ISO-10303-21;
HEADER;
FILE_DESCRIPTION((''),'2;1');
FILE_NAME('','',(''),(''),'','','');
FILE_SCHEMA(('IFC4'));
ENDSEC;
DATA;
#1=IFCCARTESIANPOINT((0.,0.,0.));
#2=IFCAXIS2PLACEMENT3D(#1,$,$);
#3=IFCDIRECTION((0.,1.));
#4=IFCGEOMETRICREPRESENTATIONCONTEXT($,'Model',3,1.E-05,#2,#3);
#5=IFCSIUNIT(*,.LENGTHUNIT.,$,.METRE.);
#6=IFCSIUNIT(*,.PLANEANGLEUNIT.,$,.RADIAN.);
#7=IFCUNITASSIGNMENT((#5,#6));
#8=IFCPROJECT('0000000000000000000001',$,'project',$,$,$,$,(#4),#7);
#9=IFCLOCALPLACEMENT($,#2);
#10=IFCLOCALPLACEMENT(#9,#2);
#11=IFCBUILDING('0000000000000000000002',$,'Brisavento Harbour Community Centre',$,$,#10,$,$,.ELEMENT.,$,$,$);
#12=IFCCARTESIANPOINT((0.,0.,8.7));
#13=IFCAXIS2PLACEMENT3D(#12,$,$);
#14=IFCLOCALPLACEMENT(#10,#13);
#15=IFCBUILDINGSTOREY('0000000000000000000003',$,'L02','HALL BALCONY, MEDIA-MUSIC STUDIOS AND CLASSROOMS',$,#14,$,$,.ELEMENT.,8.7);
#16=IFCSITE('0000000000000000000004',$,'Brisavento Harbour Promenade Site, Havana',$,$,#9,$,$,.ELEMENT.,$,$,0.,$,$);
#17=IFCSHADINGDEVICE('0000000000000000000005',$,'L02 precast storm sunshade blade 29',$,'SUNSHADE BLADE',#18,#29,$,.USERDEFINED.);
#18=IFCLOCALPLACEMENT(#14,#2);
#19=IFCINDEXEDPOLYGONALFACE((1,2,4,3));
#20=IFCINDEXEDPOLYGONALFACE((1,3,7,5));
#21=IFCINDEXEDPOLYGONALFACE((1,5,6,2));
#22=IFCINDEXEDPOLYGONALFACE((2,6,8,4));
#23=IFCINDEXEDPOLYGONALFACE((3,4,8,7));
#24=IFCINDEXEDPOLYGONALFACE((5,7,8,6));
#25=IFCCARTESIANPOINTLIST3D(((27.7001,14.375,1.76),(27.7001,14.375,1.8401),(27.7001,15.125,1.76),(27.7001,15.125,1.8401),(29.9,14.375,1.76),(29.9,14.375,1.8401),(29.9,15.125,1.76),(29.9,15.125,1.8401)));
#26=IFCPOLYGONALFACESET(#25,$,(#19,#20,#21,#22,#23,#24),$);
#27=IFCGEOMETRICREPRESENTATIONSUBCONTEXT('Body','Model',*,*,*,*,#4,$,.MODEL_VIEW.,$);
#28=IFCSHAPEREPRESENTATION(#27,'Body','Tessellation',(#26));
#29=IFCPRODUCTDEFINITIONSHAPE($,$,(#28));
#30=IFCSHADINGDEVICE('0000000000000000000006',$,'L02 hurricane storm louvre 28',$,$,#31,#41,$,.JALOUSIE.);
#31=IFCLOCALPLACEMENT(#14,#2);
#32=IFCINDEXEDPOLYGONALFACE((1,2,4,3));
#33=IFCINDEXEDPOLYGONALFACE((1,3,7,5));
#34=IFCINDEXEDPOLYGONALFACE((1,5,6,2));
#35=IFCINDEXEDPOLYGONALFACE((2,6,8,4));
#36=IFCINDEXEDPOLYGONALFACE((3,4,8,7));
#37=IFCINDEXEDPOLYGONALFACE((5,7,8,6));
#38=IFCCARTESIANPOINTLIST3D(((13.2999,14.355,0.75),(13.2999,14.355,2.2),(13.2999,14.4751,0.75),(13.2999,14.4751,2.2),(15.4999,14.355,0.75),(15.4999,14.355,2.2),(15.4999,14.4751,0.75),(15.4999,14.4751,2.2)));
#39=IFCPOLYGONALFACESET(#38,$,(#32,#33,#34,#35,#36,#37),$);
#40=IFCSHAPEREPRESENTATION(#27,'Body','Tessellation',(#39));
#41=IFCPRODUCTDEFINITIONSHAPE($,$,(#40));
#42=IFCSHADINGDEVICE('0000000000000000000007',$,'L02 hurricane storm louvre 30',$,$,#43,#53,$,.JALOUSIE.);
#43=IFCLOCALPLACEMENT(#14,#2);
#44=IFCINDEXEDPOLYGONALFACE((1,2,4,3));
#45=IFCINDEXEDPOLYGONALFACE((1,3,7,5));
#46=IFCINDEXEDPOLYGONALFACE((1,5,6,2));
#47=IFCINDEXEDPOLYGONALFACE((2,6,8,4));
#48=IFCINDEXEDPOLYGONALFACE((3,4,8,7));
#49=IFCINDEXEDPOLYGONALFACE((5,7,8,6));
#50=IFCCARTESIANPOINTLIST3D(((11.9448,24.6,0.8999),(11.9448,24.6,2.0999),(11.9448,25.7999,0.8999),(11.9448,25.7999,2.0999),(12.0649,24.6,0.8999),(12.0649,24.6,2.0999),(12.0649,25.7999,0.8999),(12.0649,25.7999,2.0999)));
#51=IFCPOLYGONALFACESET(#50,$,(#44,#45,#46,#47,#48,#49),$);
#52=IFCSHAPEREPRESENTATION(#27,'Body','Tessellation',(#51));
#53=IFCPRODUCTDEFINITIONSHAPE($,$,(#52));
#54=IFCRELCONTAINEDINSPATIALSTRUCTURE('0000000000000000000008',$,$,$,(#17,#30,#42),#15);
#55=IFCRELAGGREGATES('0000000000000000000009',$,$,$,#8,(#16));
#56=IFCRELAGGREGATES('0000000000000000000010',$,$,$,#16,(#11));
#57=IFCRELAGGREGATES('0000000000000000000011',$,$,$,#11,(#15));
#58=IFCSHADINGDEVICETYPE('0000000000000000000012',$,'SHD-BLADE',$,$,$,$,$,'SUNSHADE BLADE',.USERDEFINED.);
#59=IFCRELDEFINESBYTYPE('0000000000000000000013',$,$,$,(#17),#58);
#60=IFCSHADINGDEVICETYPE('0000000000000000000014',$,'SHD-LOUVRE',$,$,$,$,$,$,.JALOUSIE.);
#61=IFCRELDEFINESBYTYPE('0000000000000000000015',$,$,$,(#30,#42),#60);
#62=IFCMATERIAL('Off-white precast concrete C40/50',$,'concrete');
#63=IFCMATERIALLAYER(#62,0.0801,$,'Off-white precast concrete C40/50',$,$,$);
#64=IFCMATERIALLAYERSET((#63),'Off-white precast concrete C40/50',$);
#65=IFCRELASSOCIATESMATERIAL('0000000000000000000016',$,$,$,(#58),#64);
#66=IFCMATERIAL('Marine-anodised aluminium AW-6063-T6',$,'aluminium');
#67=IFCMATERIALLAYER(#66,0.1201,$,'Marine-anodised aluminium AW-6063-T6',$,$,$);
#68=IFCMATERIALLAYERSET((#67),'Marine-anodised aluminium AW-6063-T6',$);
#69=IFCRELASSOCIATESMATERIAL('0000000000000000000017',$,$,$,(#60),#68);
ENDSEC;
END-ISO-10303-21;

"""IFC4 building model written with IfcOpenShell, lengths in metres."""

from ifc_helpers import new_model, si_unit, direction, frame, origin, origin_2d, place, context, subcontext, project, spatial, rectangle, extrude, material, layer, layer_set, type_object, element, save


model = new_model("IFC4")

# Units and contexts
model_context = context("Model", 3, precision=1e-05, world=origin(), true_north=direction((0.0, 1.0)))
body_context = subcontext(model_context, "Body", "Model", "MODEL_VIEW")
ifc_project = project(units=[si_unit("LENGTHUNIT", "METRE"), si_unit("PLANEANGLEUNIT", "RADIAN")], contexts=[model_context])

# Site, building, storey
site_placement = place(None, origin())
site = spatial("IfcSite", under=ifc_project, at=site_placement, Name="Brisavento Harbour Promenade Site, Havana", CompositionType="ELEMENT", RefElevation=0.0)
building_placement = place(site_placement, origin())
building = spatial("IfcBuilding", under=site, at=building_placement, Name="Brisavento Harbour Community Centre", CompositionType="ELEMENT")
storey_placement = place(building_placement, frame((0.0, 0.0, 8.7)))
storey = spatial("IfcBuildingStorey", under=building, at=storey_placement, Name="L02", Description="HALL BALCONY, MEDIA-MUSIC STUDIOS AND CLASSROOMS", CompositionType="ELEMENT", Elevation=8.7)

# Shading devices
ifc_material_1 = material(Name="Off-white precast concrete C40/50", Category="concrete")
ifc_layer_1 = layer(ifc_material_1, 0.0801, Name="Off-white precast concrete C40/50")
ifc_layer_set_1 = layer_set([ifc_layer_1], Name="Off-white precast concrete C40/50")
shading_device_type_1 = type_object("IfcShadingDeviceType", Name="SHD-BLADE", ElementType="SUNSHADE BLADE", PredefinedType="USERDEFINED", material=ifc_layer_set_1)
shading_device_1_placement = place(storey_placement, frame((28.8, 14.75, 1.76), z_axis=(0.0, 0.0, 1.0), x_axis=(1.0, 0.0, 0.0)))
element("IfcShadingDevice", 1, at=shading_device_1_placement, inside=storey, type_object=shading_device_type_1, Name="L02 precast storm sunshade blade 29", ObjectType="SUNSHADE BLADE", PredefinedType="USERDEFINED", context=body_context, shape_type="SweptSolid", body=[
    extrude(rectangle(XDim=2.2, YDim=0.75, at=origin_2d()), origin(), (0.0, 0.0, 1.0), 0.0801),
])
ifc_material_2 = material(Name="Marine-anodised aluminium AW-6063-T6", Category="aluminium")
ifc_layer_2 = layer(ifc_material_2, 0.1201, Name="Marine-anodised aluminium AW-6063-T6")
ifc_layer_set_2 = layer_set([ifc_layer_2], Name="Marine-anodised aluminium AW-6063-T6")
shading_device_type_2 = type_object("IfcShadingDeviceType", Name="SHD-LOUVRE", PredefinedType="JALOUSIE", material=ifc_layer_set_2)
shading_device_2_placement = place(storey_placement, frame((14.3999, 14.415, 0.75), z_axis=(0.0, 0.0, 1.0), x_axis=(1.0, 0.0, 0.0)))
element("IfcShadingDevice", 2, at=shading_device_2_placement, inside=storey, type_object=shading_device_type_2, Name="L02 hurricane storm louvre 28", PredefinedType="JALOUSIE", context=body_context, shape_type="SweptSolid", body=[
    extrude(rectangle(XDim=2.2, YDim=0.1201, at=origin_2d()), origin(), (0.0, 0.0, 1.0), 1.45),
])
shading_device_3_placement = place(storey_placement, frame((12.0049, 25.2, 0.8999), z_axis=(0.0, 0.0, 1.0), x_axis=(0.0, -1.0, 0.0)))
element("IfcShadingDevice", 3, at=shading_device_3_placement, inside=storey, type_object=shading_device_type_2, Name="L02 hurricane storm louvre 30", PredefinedType="JALOUSIE", context=body_context, shape_type="SweptSolid", body=[
    extrude(rectangle(XDim=1.2, YDim=0.1201, at=origin_2d()), origin(), (0.0, 0.0, 1.0), 1.2),
])

save(model, "model.ifc")
